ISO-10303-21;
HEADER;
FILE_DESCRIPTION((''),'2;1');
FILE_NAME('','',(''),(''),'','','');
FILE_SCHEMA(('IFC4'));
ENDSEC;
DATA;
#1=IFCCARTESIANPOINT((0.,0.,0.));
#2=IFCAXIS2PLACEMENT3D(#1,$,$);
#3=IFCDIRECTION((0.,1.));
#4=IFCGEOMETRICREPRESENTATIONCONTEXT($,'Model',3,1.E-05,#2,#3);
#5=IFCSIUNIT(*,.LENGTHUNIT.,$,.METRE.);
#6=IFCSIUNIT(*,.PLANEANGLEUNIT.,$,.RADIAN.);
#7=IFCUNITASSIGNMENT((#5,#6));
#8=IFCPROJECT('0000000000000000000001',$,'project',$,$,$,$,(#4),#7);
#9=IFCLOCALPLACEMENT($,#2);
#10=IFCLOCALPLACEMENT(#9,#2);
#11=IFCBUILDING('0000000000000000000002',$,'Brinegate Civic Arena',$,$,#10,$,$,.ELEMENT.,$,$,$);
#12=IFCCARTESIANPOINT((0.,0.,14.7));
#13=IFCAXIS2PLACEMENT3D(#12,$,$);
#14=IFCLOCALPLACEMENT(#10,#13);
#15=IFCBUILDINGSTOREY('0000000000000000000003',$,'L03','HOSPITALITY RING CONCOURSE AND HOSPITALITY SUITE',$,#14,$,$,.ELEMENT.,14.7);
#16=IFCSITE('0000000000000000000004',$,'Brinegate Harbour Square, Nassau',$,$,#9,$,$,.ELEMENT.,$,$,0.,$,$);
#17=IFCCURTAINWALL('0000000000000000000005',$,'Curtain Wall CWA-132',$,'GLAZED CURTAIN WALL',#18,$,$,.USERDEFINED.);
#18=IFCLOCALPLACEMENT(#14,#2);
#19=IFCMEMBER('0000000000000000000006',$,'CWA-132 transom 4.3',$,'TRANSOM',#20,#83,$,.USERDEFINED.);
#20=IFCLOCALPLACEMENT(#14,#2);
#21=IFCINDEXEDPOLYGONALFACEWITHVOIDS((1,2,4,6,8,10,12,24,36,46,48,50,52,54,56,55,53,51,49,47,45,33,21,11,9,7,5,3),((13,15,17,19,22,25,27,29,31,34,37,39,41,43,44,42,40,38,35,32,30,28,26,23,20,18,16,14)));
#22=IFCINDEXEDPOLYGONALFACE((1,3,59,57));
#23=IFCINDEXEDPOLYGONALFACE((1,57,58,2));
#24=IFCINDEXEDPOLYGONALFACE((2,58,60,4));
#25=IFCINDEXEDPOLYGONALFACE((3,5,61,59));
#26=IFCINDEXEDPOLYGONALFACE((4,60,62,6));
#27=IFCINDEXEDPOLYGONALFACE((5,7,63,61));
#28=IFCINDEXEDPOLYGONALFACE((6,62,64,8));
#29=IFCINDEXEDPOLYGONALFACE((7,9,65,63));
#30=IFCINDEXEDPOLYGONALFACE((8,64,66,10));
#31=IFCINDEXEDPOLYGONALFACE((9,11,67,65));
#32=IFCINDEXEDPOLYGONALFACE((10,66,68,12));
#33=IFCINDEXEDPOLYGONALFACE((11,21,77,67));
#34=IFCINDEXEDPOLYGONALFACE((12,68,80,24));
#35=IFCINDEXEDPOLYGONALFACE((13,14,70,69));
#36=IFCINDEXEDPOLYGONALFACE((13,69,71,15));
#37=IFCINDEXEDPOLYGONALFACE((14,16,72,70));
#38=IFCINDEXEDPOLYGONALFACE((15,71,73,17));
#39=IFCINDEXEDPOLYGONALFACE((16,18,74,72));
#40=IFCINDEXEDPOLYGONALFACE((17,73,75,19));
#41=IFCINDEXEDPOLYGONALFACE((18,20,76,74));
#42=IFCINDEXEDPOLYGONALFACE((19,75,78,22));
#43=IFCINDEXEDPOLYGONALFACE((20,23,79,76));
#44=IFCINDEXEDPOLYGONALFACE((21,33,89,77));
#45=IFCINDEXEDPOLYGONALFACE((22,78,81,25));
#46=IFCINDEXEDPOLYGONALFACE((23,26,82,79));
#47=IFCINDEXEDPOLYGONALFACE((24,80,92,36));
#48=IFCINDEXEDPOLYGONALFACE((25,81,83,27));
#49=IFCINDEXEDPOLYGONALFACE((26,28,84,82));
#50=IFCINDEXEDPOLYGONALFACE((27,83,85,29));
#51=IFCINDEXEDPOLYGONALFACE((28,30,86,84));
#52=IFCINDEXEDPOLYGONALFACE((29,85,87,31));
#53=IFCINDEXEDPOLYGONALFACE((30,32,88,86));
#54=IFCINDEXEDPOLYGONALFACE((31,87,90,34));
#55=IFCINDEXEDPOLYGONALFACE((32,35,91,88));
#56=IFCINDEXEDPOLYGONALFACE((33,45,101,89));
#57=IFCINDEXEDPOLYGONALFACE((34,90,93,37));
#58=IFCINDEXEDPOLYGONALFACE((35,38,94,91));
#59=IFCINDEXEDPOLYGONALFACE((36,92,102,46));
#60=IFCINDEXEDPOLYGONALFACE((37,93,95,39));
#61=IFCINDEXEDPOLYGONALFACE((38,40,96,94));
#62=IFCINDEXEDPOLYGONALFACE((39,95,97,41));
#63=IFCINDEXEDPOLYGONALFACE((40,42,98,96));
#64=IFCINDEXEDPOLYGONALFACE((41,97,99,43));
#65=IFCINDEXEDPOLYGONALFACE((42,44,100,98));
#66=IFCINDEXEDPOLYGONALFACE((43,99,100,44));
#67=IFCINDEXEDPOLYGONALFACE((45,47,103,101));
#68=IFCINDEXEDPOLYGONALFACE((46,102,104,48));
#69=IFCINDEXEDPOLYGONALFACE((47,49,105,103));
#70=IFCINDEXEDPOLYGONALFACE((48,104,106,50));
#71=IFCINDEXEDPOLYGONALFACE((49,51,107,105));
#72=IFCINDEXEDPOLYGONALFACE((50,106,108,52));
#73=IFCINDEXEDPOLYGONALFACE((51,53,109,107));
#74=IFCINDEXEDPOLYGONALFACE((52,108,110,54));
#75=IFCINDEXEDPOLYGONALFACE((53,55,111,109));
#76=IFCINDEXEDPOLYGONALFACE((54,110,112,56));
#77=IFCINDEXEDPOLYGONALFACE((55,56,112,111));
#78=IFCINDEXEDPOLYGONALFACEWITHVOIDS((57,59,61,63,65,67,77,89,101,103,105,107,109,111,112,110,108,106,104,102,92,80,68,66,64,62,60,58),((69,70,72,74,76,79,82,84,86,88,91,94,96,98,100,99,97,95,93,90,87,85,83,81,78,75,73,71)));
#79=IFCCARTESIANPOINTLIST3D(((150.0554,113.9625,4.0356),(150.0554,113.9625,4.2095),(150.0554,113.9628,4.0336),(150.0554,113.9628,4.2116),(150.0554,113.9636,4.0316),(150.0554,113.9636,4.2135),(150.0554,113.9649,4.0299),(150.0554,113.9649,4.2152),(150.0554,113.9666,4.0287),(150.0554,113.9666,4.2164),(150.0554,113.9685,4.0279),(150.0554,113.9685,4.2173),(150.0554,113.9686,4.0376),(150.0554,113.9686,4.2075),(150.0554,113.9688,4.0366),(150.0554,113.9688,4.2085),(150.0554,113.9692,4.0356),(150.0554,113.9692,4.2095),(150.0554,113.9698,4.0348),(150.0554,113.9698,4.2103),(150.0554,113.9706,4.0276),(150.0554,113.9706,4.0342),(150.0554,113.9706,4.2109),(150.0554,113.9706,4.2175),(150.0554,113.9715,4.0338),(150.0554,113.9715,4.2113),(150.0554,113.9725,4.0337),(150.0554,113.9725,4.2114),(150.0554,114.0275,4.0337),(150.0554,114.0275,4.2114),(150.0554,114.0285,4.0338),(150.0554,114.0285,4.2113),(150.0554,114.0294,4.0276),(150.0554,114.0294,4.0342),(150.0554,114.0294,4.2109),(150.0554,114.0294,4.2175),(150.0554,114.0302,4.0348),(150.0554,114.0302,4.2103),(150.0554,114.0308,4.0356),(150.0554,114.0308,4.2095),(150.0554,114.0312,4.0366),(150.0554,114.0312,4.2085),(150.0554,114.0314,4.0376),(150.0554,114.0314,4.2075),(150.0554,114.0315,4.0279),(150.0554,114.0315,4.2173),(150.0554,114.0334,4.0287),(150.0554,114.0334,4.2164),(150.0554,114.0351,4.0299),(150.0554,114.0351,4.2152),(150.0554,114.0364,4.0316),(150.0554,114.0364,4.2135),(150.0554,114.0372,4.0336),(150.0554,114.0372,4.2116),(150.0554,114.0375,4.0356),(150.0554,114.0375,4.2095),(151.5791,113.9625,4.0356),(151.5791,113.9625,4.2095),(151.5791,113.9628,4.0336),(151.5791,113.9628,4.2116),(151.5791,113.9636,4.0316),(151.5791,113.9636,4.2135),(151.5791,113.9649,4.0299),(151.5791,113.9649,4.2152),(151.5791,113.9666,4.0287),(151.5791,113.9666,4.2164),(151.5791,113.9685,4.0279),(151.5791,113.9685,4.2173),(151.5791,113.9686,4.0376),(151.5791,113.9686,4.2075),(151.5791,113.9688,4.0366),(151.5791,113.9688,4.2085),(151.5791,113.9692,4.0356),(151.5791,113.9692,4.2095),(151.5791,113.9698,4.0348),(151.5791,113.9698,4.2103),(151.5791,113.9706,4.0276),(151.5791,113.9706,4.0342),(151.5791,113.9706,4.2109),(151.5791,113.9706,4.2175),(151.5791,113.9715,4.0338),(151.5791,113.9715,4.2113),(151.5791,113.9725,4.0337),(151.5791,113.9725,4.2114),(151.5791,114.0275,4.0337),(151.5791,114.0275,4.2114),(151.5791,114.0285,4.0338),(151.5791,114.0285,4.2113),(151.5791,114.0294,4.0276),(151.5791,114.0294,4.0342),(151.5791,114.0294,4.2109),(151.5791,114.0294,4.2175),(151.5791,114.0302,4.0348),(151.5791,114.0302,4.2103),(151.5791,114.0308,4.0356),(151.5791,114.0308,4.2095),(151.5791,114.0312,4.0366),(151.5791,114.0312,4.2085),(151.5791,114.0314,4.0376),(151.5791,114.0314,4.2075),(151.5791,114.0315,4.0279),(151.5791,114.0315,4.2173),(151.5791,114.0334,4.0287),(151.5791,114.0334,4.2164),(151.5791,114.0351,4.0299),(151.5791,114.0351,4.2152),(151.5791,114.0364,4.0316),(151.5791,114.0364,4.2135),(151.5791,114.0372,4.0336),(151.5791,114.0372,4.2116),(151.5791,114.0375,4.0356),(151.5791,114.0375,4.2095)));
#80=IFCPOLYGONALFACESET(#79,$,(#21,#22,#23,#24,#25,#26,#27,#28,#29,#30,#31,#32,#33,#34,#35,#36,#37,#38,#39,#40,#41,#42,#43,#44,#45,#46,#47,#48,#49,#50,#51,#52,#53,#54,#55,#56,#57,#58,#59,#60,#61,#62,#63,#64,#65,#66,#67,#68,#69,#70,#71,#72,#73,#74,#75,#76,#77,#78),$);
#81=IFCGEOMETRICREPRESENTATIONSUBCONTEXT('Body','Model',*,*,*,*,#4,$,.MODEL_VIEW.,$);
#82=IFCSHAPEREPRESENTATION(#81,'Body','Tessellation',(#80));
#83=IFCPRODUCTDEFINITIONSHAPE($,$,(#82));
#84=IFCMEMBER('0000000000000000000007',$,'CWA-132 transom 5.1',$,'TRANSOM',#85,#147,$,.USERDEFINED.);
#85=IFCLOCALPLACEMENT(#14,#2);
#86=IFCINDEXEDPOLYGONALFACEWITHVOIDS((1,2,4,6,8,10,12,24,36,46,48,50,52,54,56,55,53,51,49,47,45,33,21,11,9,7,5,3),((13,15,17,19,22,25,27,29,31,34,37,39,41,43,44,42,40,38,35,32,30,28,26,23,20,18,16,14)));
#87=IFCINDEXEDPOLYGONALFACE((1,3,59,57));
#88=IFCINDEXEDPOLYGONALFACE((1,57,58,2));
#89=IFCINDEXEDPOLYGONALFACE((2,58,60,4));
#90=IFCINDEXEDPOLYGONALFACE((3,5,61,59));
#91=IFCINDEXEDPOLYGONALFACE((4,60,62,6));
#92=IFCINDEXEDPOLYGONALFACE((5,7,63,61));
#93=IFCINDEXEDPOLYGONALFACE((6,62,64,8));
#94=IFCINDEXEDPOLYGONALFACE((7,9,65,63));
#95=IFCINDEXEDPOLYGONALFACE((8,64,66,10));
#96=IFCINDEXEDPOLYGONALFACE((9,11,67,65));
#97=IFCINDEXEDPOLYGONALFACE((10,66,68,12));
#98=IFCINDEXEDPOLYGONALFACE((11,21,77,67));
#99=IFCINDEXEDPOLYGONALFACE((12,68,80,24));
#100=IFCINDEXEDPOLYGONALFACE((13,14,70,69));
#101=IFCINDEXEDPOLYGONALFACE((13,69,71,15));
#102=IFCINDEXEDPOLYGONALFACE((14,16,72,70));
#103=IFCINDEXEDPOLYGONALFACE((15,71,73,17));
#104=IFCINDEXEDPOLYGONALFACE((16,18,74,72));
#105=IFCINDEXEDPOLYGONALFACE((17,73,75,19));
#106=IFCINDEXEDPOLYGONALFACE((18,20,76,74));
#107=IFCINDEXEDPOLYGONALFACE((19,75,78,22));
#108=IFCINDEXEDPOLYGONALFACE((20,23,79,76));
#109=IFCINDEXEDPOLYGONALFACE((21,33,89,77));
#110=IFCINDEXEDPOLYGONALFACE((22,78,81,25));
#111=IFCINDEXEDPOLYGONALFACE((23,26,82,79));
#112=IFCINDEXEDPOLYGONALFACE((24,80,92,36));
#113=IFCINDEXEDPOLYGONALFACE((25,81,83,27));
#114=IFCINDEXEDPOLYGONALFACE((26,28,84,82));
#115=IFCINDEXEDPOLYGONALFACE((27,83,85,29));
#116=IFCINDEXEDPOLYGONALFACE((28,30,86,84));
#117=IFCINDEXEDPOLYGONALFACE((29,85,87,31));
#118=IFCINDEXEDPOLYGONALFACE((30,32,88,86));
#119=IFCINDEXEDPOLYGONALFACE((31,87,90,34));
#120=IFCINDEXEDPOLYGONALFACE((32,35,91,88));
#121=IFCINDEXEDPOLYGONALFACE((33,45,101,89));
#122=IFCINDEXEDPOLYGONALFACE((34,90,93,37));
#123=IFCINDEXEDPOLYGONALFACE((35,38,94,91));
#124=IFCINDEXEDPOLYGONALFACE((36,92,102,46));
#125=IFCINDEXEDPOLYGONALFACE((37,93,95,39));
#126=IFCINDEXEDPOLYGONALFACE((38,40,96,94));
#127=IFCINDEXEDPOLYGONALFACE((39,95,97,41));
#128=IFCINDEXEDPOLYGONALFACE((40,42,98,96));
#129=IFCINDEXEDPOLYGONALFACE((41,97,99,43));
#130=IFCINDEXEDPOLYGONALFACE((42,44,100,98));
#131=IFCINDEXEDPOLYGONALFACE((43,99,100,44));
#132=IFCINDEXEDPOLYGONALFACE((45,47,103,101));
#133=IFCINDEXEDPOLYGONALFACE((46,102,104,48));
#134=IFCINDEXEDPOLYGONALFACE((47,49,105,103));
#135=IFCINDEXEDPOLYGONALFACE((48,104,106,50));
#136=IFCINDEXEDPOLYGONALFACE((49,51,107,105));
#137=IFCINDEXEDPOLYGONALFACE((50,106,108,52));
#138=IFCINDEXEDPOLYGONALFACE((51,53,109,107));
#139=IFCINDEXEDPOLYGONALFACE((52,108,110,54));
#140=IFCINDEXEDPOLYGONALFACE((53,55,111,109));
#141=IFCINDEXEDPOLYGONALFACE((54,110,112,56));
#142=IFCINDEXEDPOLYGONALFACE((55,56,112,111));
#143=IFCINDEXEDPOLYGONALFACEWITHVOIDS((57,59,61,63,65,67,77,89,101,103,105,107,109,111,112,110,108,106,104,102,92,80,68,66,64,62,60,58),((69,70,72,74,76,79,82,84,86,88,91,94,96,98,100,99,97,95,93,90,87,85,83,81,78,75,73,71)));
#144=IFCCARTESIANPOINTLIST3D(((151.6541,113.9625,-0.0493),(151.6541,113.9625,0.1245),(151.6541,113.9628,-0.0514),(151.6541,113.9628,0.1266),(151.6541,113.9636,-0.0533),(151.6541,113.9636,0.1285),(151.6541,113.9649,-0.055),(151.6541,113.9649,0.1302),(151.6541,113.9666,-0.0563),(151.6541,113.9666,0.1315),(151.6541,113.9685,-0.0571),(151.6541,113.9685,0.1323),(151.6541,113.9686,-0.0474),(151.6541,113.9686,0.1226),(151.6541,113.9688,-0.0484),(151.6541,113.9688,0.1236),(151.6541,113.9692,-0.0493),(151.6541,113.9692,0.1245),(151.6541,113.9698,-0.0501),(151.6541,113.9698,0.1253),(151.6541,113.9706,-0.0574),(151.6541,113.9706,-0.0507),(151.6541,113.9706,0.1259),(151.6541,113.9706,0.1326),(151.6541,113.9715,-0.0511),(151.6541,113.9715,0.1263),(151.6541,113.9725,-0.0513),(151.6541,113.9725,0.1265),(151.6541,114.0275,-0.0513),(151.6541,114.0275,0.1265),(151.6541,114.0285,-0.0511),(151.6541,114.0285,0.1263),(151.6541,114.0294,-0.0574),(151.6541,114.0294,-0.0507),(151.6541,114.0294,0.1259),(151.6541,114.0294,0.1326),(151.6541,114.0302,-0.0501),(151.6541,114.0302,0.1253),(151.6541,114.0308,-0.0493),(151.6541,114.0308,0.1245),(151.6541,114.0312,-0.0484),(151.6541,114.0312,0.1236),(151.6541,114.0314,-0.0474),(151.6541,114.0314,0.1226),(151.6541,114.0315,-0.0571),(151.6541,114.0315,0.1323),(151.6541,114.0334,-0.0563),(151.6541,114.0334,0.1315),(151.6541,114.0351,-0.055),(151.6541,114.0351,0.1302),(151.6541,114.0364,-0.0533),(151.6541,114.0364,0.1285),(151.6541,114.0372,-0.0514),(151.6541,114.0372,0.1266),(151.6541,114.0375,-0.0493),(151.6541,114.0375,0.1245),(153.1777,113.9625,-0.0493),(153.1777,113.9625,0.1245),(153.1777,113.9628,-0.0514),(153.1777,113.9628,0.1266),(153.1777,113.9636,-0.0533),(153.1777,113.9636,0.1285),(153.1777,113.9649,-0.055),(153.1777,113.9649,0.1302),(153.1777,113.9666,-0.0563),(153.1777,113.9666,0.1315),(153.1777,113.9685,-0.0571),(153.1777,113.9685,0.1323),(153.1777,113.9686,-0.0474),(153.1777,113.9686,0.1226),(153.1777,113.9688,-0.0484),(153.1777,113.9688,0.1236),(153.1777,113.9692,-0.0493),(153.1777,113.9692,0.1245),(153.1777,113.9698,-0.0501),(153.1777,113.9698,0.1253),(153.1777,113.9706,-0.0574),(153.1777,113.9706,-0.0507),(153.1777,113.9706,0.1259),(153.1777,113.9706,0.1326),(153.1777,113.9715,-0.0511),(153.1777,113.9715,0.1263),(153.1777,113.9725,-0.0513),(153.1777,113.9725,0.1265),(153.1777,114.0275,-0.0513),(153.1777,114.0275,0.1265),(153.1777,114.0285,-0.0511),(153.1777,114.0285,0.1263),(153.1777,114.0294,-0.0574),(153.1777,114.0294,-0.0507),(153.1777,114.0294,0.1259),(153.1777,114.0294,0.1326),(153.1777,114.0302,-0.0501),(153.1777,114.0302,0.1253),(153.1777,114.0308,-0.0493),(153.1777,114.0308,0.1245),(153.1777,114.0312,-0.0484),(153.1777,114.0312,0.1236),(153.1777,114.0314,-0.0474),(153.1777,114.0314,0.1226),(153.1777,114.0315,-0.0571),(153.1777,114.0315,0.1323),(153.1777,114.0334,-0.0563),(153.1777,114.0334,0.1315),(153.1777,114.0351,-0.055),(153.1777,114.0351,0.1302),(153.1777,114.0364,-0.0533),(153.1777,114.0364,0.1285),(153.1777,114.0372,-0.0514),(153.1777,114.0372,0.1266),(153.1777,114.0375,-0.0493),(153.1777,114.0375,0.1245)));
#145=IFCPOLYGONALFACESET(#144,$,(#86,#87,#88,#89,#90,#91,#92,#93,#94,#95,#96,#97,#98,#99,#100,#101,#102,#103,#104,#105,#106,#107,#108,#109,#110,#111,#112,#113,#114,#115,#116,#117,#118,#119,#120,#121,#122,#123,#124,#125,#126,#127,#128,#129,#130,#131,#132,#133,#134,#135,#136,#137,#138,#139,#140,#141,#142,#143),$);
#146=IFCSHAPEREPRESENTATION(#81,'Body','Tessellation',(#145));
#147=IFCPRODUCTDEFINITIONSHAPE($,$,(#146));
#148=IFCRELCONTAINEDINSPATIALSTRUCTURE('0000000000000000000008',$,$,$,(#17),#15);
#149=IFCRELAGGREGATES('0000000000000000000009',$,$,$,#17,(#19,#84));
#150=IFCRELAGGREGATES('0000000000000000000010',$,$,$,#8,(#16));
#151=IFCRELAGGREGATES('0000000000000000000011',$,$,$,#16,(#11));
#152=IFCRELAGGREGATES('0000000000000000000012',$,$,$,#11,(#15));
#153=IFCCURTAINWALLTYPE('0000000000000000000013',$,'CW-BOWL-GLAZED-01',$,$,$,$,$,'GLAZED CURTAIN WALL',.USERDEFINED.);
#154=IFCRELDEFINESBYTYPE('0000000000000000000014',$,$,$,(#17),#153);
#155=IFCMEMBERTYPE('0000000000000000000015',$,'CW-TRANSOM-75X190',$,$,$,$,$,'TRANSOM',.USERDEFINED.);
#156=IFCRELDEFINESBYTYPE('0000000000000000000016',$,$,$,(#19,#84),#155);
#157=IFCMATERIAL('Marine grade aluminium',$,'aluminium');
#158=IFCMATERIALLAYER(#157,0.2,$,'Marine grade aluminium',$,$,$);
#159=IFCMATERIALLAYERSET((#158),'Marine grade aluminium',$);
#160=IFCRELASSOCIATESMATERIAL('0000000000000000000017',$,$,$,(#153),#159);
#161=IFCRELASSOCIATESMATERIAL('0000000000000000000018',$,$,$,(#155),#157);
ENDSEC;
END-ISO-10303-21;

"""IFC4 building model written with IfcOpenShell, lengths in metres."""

from ifc_helpers import new_model, si_unit, direction, frame, origin, origin_2d, place, context, subcontext, project, spatial, hollow_rectangle, extrude, material, layer, layer_set, material_profile, profile_set, type_object, element, aggregate, save


model = new_model("IFC4")

# Units and contexts
model_context = context("Model", 3, precision=1e-05, world=origin(), true_north=direction((0.0, 1.0)))
body_context = subcontext(model_context, "Body", "Model", "MODEL_VIEW")
ifc_project = project(units=[si_unit("LENGTHUNIT", "METRE"), si_unit("PLANEANGLEUNIT", "RADIAN")], contexts=[model_context])

# Site, building, storey
site_placement = place(None, origin())
site = spatial("IfcSite", under=ifc_project, at=site_placement, Name="Brinegate Harbour Square, Nassau", CompositionType="ELEMENT", RefElevation=0.0)
building_placement = place(site_placement, origin())
building = spatial("IfcBuilding", under=site, at=building_placement, Name="Brinegate Civic Arena", CompositionType="ELEMENT")
storey_placement = place(building_placement, frame((0.0, 0.0, 14.7)))
storey = spatial("IfcBuildingStorey", under=building, at=storey_placement, Name="L03", Description="HOSPITALITY RING CONCOURSE AND HOSPITALITY SUITE", CompositionType="ELEMENT", Elevation=14.7)

# Curtain wall, members
ifc_material_1 = material(Name="Marine grade aluminium", Category="aluminium")
ifc_layer_1 = layer(ifc_material_1, 0.2, Name="Marine grade aluminium")
ifc_layer_set_1 = layer_set([ifc_layer_1], Name="Marine grade aluminium")
curtain_wall_type = type_object("IfcCurtainWallType", Name="CW-BOWL-GLAZED-01", ElementType="GLAZED CURTAIN WALL", PredefinedType="USERDEFINED", material=ifc_layer_set_1)
curtain_wall_placement = place(storey_placement, origin())
curtain_wall = element("IfcCurtainWall", 1, at=curtain_wall_placement, inside=storey, type_object=curtain_wall_type, Name="Curtain Wall CWA-132", ObjectType="GLAZED CURTAIN WALL", PredefinedType="USERDEFINED")
ifc_material_profile_1 = material_profile(ifc_material_1, hollow_rectangle(XDim=0.075, YDim=0.1899, WallThickness=0.0061, InnerFilletRadius=0.0039, OuterFilletRadius=0.0081, at=origin_2d()), Name="TRN75X190")
ifc_profile_set_1 = profile_set([ifc_material_profile_1], Name="Marine grade aluminium")
member_type_1 = type_object("IfcMemberType", Name="CW-TRANSOM-75X190", ElementType="TRANSOM", PredefinedType="USERDEFINED", material=ifc_profile_set_1)
member_1_placement = place(storey_placement, frame((150.0554, 114.0, 4.1226), z_axis=(1.0, 0.0, 0.0), x_axis=(0.0, 1.0, 0.0)))
member_1 = element("IfcMember", 2, at=member_1_placement, type_object=member_type_1, Name="CWA-132 transom 4.3", ObjectType="TRANSOM", PredefinedType="USERDEFINED", context=body_context, shape_type="SweptSolid", body=[
    extrude(hollow_rectangle(XDim=0.075, YDim=0.1899, WallThickness=0.0061, InnerFilletRadius=0.0039, OuterFilletRadius=0.0081, at=origin_2d()), origin(), (0.0, 0.0, 1.0), 1.5237),
])
member_2_placement = place(storey_placement, frame((151.6541, 114.0, 0.0376), z_axis=(1.0, 0.0, 0.0), x_axis=(0.0, 1.0, 0.0)))
member_2 = element("IfcMember", 3, at=member_2_placement, type_object=member_type_1, Name="CWA-132 transom 5.1", ObjectType="TRANSOM", PredefinedType="USERDEFINED", context=body_context, shape_type="SweptSolid", body=[
    extrude(hollow_rectangle(XDim=0.075, YDim=0.1899, WallThickness=0.0061, InnerFilletRadius=0.0039, OuterFilletRadius=0.0081, at=origin_2d()), origin(), (0.0, 0.0, 1.0), 1.5237),
])

aggregate(curtain_wall, [member_1, member_2])

save(model, "model.ifc")
